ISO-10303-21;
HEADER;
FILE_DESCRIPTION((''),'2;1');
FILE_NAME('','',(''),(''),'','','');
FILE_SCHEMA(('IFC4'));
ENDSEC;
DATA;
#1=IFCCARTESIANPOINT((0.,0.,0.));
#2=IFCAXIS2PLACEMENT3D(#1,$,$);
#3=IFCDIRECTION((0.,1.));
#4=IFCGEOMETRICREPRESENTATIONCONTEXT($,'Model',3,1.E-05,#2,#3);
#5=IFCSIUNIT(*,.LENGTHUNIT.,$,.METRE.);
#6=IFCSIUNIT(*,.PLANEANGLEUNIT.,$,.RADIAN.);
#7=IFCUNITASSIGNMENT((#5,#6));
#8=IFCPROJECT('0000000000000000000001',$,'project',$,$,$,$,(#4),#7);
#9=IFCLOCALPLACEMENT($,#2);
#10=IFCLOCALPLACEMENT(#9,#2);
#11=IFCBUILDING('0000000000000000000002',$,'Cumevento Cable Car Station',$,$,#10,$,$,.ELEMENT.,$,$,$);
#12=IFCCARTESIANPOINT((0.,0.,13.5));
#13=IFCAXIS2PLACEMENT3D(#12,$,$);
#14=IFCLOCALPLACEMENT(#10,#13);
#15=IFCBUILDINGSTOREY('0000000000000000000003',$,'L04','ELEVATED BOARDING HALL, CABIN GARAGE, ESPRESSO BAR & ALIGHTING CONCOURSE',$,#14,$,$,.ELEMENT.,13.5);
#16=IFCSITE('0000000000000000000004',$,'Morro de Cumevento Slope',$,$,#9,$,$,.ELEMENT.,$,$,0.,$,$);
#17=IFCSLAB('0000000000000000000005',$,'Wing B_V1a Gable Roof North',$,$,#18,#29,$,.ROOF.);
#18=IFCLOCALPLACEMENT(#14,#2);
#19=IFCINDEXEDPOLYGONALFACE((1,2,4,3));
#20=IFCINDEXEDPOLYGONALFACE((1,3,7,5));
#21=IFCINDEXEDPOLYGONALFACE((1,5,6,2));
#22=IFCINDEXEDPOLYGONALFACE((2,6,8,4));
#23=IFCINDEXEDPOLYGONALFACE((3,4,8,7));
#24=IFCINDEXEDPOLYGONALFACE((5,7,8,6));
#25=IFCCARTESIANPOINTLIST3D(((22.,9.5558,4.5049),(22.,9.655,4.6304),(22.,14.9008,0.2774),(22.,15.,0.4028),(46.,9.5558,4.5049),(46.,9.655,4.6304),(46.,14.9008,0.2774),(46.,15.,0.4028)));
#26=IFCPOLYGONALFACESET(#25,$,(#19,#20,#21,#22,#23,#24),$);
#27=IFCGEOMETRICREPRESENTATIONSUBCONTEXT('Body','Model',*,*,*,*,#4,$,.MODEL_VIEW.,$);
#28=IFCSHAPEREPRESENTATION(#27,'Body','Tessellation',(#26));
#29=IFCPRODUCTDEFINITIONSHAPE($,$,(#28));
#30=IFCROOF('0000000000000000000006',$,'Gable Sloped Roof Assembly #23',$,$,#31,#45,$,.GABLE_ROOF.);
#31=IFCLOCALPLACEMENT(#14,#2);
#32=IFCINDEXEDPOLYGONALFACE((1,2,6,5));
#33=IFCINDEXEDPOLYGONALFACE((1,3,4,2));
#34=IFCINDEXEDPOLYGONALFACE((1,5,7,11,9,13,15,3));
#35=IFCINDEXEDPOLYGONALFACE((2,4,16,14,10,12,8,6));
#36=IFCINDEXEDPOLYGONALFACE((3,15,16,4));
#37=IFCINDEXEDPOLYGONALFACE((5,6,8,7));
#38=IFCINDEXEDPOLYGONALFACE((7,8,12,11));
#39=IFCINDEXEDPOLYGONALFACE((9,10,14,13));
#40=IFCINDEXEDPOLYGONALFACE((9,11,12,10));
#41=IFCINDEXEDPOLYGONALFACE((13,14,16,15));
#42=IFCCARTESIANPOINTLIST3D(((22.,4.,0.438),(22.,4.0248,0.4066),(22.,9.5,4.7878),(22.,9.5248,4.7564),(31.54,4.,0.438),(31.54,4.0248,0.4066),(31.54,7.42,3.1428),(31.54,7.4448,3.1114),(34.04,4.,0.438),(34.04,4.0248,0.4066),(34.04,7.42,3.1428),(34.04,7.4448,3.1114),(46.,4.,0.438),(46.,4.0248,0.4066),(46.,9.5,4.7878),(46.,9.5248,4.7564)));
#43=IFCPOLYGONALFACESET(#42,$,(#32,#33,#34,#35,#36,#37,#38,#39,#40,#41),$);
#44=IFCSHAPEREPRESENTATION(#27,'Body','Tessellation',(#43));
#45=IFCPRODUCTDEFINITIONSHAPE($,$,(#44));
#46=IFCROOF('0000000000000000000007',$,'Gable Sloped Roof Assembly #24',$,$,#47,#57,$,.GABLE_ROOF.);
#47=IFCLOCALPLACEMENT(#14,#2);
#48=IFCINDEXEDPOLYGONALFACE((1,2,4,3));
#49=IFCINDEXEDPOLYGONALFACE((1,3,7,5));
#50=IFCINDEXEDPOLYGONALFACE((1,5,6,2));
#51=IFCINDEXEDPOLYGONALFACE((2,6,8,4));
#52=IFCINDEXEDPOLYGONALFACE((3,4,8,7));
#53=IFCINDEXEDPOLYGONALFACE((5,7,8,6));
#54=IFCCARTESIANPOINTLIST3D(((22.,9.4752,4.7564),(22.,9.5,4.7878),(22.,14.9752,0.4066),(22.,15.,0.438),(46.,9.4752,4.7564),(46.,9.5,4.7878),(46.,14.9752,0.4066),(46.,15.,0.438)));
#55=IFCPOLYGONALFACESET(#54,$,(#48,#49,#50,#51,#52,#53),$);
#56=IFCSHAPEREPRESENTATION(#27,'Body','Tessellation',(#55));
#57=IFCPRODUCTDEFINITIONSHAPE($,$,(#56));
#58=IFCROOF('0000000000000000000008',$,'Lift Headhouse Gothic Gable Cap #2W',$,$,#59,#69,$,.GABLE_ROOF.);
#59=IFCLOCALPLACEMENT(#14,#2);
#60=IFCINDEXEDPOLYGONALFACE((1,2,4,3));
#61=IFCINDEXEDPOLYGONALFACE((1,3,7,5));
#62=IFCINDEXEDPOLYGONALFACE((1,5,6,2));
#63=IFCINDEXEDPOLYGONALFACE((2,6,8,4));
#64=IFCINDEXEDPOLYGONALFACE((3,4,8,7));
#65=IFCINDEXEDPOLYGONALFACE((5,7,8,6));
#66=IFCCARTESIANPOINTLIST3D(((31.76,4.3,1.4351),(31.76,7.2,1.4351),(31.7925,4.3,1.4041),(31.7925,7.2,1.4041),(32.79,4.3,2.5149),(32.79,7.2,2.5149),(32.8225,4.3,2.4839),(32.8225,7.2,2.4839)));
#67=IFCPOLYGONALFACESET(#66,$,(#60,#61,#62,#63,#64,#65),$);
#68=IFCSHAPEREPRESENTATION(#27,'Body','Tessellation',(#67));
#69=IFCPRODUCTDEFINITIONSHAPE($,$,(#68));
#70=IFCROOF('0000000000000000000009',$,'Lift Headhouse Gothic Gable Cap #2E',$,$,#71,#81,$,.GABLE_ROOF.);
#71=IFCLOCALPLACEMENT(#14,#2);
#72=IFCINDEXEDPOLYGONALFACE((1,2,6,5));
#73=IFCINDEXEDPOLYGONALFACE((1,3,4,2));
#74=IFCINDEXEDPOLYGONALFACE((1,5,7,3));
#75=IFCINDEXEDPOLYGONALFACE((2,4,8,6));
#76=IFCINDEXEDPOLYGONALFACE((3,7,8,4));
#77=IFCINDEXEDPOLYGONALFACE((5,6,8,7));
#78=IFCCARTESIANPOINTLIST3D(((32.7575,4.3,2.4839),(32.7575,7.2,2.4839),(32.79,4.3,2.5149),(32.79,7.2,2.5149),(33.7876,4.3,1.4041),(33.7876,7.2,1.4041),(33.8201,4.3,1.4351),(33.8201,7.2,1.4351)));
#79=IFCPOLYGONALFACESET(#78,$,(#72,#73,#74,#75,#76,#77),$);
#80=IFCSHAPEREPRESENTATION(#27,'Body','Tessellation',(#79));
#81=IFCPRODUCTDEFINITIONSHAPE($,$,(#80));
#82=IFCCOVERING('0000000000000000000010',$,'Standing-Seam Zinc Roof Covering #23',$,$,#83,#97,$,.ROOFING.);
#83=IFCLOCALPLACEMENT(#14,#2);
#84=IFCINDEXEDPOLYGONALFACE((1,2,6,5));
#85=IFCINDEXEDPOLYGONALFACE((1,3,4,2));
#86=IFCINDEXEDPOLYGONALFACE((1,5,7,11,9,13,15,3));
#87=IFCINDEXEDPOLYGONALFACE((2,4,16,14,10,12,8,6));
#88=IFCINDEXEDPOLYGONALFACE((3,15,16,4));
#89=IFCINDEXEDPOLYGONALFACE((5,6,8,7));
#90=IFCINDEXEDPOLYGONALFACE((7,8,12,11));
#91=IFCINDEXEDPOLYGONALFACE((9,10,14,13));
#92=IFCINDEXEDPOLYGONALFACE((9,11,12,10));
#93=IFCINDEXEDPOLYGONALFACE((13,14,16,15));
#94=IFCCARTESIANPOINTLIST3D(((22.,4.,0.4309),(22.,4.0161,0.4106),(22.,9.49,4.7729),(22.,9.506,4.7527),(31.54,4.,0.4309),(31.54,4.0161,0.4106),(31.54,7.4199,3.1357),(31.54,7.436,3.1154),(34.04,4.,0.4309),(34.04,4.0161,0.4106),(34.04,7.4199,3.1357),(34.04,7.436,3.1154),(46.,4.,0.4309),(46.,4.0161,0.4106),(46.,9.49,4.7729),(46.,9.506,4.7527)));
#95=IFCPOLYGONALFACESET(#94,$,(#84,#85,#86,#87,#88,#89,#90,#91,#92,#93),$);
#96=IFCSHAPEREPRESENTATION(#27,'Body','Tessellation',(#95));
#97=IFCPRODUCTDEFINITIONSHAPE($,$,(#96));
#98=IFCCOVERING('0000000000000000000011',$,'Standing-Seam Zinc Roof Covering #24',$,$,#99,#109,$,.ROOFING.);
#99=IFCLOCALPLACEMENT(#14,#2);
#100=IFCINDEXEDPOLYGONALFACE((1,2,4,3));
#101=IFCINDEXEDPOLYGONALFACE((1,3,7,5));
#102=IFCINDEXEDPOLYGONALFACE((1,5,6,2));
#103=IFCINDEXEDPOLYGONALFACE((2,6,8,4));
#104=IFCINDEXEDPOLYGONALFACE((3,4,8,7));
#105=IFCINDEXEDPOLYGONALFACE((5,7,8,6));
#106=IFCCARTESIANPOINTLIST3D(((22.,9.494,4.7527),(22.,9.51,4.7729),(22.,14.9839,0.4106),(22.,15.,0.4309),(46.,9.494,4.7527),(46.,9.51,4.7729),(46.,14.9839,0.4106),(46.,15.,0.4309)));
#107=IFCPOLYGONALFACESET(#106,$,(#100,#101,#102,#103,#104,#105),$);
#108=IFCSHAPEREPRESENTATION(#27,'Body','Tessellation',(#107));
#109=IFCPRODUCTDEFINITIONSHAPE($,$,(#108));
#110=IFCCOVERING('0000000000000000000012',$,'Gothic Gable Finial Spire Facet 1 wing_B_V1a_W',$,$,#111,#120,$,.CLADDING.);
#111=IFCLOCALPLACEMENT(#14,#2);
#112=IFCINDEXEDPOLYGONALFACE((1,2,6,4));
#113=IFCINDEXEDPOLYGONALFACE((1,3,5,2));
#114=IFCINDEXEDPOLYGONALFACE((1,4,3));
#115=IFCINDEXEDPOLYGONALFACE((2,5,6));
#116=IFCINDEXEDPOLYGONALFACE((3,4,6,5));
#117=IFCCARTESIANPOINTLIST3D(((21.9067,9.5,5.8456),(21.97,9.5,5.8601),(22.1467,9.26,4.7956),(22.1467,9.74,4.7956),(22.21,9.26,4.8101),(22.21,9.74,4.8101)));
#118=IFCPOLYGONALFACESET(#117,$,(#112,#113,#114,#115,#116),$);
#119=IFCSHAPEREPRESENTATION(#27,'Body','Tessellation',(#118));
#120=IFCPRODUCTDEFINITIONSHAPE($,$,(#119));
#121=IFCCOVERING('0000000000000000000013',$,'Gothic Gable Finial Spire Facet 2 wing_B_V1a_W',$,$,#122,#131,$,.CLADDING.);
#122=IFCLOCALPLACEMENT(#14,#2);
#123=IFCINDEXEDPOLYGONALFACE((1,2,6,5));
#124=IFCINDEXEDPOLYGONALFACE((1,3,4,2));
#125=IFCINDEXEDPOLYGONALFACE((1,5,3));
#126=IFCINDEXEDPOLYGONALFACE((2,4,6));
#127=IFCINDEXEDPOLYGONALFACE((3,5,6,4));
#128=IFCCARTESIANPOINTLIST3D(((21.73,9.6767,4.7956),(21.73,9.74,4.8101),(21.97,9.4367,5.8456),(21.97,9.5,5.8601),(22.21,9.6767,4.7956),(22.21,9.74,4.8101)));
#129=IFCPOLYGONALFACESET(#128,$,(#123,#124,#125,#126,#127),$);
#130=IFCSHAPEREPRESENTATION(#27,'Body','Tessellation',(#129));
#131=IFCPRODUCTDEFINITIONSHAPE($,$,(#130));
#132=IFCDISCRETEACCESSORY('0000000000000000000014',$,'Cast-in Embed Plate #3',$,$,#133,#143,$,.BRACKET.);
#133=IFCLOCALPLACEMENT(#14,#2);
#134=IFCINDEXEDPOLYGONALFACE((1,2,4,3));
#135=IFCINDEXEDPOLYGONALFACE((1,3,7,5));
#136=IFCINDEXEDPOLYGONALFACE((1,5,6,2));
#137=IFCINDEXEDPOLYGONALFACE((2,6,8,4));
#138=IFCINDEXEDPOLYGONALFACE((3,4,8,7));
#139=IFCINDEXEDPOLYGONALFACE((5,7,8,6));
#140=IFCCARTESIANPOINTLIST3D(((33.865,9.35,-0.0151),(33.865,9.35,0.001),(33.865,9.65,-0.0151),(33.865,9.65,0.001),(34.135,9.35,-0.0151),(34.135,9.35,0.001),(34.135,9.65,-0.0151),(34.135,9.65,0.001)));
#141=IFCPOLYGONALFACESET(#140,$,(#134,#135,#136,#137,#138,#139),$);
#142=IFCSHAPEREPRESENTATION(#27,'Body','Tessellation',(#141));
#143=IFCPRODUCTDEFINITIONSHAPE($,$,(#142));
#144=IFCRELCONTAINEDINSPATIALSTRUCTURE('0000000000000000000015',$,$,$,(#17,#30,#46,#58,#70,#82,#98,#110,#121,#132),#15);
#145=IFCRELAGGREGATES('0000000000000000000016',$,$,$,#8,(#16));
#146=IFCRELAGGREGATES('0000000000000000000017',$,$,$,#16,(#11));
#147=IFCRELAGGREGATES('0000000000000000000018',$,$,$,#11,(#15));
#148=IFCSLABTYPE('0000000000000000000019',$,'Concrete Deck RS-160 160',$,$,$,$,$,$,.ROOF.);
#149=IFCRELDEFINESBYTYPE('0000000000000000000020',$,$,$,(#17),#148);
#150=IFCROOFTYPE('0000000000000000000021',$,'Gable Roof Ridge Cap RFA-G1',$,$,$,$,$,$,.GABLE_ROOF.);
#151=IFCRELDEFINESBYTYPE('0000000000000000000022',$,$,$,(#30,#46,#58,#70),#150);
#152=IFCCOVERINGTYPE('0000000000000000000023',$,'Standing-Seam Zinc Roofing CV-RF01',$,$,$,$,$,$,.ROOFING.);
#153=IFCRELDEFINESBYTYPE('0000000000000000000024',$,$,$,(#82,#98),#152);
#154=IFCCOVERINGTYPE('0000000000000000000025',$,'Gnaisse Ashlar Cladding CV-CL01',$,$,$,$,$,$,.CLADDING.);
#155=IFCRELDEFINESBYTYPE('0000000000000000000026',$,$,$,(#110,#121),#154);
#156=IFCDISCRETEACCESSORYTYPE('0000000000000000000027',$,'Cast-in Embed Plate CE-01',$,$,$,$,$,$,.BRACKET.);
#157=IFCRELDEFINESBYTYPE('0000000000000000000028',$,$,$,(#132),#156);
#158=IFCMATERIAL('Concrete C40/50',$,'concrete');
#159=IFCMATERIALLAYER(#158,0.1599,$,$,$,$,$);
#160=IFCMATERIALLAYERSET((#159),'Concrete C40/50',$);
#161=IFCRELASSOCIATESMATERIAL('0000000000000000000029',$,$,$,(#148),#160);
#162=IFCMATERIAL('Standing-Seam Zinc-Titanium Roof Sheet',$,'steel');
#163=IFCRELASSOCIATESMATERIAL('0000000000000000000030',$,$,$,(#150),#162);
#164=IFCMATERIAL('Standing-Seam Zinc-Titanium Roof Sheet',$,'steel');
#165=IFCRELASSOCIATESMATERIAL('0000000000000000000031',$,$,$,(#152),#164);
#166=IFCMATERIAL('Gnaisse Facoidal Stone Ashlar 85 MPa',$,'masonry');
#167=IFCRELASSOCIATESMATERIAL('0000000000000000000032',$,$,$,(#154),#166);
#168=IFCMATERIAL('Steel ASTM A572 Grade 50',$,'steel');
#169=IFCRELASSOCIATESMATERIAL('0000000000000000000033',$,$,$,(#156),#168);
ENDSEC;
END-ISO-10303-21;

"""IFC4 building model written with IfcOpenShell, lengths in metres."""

from ifc_helpers import new_model, si_unit, direction, frame, origin, origin_2d, place, context, subcontext, project, spatial, polyline, rectangle, outline, extrude, material, layer, layer_set, type_object, element, save


model = new_model("IFC4")

# Units and contexts
model_context = context("Model", 3, precision=1e-05, world=origin(), true_north=direction((0.0, 1.0)))
body_context = subcontext(model_context, "Body", "Model", "MODEL_VIEW")
ifc_project = project(units=[si_unit("LENGTHUNIT", "METRE"), si_unit("PLANEANGLEUNIT", "RADIAN")], contexts=[model_context])

# Site, building, storey
site_placement = place(None, origin())
site = spatial("IfcSite", under=ifc_project, at=site_placement, Name="Morro de Cumevento Slope", CompositionType="ELEMENT", RefElevation=0.0)
building_placement = place(site_placement, origin())
building = spatial("IfcBuilding", under=site, at=building_placement, Name="Cumevento Cable Car Station", CompositionType="ELEMENT")
storey_placement = place(building_placement, frame((0.0, 0.0, 13.5)))
storey = spatial("IfcBuildingStorey", under=building, at=storey_placement, Name="L04", Description="ELEVATED BOARDING HALL, CABIN GARAGE, ESPRESSO BAR & ALIGHTING CONCOURSE", CompositionType="ELEMENT", Elevation=13.5)

# Slab
ifc_material_1 = material(Name="Concrete C40/50", Category="concrete")
ifc_layer = layer(ifc_material_1, 0.1599)
ifc_layer_set = layer_set([ifc_layer], Name="Concrete C40/50")
slab_type = type_object("IfcSlabType", Name="Concrete Deck RS-160 160", PredefinedType="ROOF", material=ifc_layer_set)
slab_1_placement = place(storey_placement, frame((22.0, 9.655, 4.6304), z_axis=(0.0, 0.620351, 0.784324), x_axis=(1.0, 0.0, 0.0)))
element("IfcSlab", 1, at=slab_1_placement, inside=storey, type_object=slab_type, Name="Wing B_V1a Gable Roof North", PredefinedType="ROOF", context=body_context, shape_type="SweptSolid", body=[
    extrude(outline(polyline([(0.0, 0.0), (24.0, 0.0), (24.0, 6.8147), (0.0, 6.8147), (0.0, 0.0)])), origin(), (0.0, 0.0, -1.0), 0.1599),
])

# Roofs
ifc_material_2 = material(Name="Standing-Seam Zinc-Titanium Roof Sheet", Category="steel")
roof_type = type_object("IfcRoofType", Name="Gable Roof Ridge Cap RFA-G1", PredefinedType="GABLE_ROOF", material=ifc_material_2)
roof_1_placement = place(storey_placement, frame((22.0, 9.5, 4.7878), z_axis=(0.0, -0.620324, 0.784346), x_axis=(1.0, 0.0, 0.0)))
element("IfcRoof", 2, at=roof_1_placement, inside=storey, type_object=roof_type, Name="Gable Sloped Roof Assembly #23", PredefinedType="GABLE_ROOF", context=body_context, shape_type="SweptSolid", body=[
    extrude(outline(polyline([(0.0, 0.0), (24.0, 0.0), (24.0, -7.0122), (12.04, -7.0122), (12.04, -2.6519), (9.54, -2.6519), (9.54, -7.0122), (0.0, -7.0122), (0.0, 0.0)])), origin(), (0.0, 0.0, -1.0), 0.04),
])
roof_2_placement = place(storey_placement, frame((22.0, 9.5, 4.7878), z_axis=(0.0, 0.620325, 0.784345), x_axis=(1.0, 0.0, 0.0)))
element("IfcRoof", 3, at=roof_2_placement, inside=storey, type_object=roof_type, Name="Gable Sloped Roof Assembly #24", PredefinedType="GABLE_ROOF", context=body_context, shape_type="SweptSolid", body=[
    extrude(outline(polyline([(0.0, 0.0), (24.0, 0.0), (24.0, 7.0122), (0.0, 7.0122), (0.0, 0.0)])), origin(), (0.0, 0.0, -1.0), 0.04),
])
for number, where, z_axis, x_axis, name in (
    (4, (31.76, 7.2, 1.4351), (-0.723597, 0.0, 0.690223), (0.0, -1.0, 0.0), "Lift Headhouse Gothic Gable Cap #2W"),
    (5, (32.79, 7.2, 2.5149), (0.723597, 0.0, 0.690223), (0.0, -1.0, 0.0), "Lift Headhouse Gothic Gable Cap #2E"),
):
    element("IfcRoof", number, at=place(storey_placement, frame(where, z_axis=z_axis, x_axis=x_axis)), inside=storey, type_object=roof_type, Name=name, PredefinedType="GABLE_ROOF", context=body_context, shape_type="SweptSolid", body=[
        extrude(outline(polyline([(0.0, 0.0), (2.8999, 0.0), (2.8999, 1.4923), (0.0, 1.4923), (0.0, 0.0)])), origin(), (0.0, 0.0, -1.0), 0.0449),
    ])

# Coverings
ifc_material_3 = material(Name="Standing-Seam Zinc-Titanium Roof Sheet", Category="steel")
covering_type_1 = type_object("IfcCoveringType", Name="Standing-Seam Zinc Roofing CV-RF01", PredefinedType="ROOFING", material=ifc_material_3)
covering_1_placement = place(storey_placement, frame((22.0, 9.49, 4.7729), z_axis=(0.0, -0.620334, 0.784338), x_axis=(1.0, 0.0, 0.0)))
element("IfcCovering", 6, at=covering_1_placement, inside=storey, type_object=covering_type_1, Name="Standing-Seam Zinc Roof Covering #23", PredefinedType="ROOFING", context=body_context, shape_type="SweptSolid", body=[
    extrude(outline(polyline([(0.0, 0.0), (24.0, 0.0), (24.0, -6.9995), (12.04, -6.9995), (12.04, -2.6392), (9.54, -2.6392), (9.54, -6.9995), (0.0, -6.9995), (0.0, 0.0)])), origin(), (0.0, 0.0, -1.0), 0.0259),
])
covering_2_placement = place(storey_placement, frame((22.0, 9.51, 4.7729), z_axis=(0.0, 0.620334, 0.784338), x_axis=(1.0, 0.0, 0.0)))
element("IfcCovering", 7, at=covering_2_placement, inside=storey, type_object=covering_type_1, Name="Standing-Seam Zinc Roof Covering #24", PredefinedType="ROOFING", context=body_context, shape_type="SweptSolid", body=[
    extrude(outline(polyline([(0.0, 0.0), (24.0, 0.0), (24.0, 6.9995), (0.0, 6.9995), (0.0, 0.0)])), origin(), (0.0, 0.0, -1.0), 0.0259),
])
ifc_material_4 = material(Name="Gnaisse Facoidal Stone Ashlar 85 MPa", Category="masonry")
covering_type_2 = type_object("IfcCoveringType", Name="Gnaisse Ashlar Cladding CV-CL01", PredefinedType="CLADDING", material=ifc_material_4)
for number, where, z_axis, x_axis, name in (
    (8, (22.21, 9.26, 4.8101), (0.974863, 0.0, 0.222806), (0.0, 1.0, 0.0), "Gothic Gable Finial Spire Facet 1 wing_B_V1a_W"),
    (9, (22.21, 9.74, 4.8101), (0.0, 0.974863, 0.222806), (-1.0, 0.0, 0.0), "Gothic Gable Finial Spire Facet 2 wing_B_V1a_W"),
):
    element("IfcCovering", number, at=place(storey_placement, frame(where, z_axis=z_axis, x_axis=x_axis)), inside=storey, type_object=covering_type_2, Name=name, PredefinedType="CLADDING", context=body_context, shape_type="SweptSolid", body=[
        extrude(outline(polyline([(0.0, 0.0), (0.48, 0.0), (0.24, 1.0771), (0.0, 0.0)])), origin(), (0.0, 0.0, -1.0), 0.0649),
    ])

# Discrete accessory
ifc_material_5 = material(Name="Steel ASTM A572 Grade 50", Category="steel")
discrete_accessory_type = type_object("IfcDiscreteAccessoryType", Name="Cast-in Embed Plate CE-01", PredefinedType="BRACKET", material=ifc_material_5)
discrete_accessory_placement = place(storey_placement, frame((34.0, 9.5, -0.0151), z_axis=(0.0, 0.0, 1.0), x_axis=(0.0, 1.0, 0.0)))
element("IfcDiscreteAccessory", 10, at=discrete_accessory_placement, inside=storey, type_object=discrete_accessory_type, Name="Cast-in Embed Plate #3", PredefinedType="BRACKET", context=body_context, shape_type="SweptSolid", body=[
    extrude(rectangle(XDim=0.3, YDim=0.27, at=origin_2d()), origin(), (0.0, 0.0, 1.0), 0.0161),
])

save(model, "model.ifc")
